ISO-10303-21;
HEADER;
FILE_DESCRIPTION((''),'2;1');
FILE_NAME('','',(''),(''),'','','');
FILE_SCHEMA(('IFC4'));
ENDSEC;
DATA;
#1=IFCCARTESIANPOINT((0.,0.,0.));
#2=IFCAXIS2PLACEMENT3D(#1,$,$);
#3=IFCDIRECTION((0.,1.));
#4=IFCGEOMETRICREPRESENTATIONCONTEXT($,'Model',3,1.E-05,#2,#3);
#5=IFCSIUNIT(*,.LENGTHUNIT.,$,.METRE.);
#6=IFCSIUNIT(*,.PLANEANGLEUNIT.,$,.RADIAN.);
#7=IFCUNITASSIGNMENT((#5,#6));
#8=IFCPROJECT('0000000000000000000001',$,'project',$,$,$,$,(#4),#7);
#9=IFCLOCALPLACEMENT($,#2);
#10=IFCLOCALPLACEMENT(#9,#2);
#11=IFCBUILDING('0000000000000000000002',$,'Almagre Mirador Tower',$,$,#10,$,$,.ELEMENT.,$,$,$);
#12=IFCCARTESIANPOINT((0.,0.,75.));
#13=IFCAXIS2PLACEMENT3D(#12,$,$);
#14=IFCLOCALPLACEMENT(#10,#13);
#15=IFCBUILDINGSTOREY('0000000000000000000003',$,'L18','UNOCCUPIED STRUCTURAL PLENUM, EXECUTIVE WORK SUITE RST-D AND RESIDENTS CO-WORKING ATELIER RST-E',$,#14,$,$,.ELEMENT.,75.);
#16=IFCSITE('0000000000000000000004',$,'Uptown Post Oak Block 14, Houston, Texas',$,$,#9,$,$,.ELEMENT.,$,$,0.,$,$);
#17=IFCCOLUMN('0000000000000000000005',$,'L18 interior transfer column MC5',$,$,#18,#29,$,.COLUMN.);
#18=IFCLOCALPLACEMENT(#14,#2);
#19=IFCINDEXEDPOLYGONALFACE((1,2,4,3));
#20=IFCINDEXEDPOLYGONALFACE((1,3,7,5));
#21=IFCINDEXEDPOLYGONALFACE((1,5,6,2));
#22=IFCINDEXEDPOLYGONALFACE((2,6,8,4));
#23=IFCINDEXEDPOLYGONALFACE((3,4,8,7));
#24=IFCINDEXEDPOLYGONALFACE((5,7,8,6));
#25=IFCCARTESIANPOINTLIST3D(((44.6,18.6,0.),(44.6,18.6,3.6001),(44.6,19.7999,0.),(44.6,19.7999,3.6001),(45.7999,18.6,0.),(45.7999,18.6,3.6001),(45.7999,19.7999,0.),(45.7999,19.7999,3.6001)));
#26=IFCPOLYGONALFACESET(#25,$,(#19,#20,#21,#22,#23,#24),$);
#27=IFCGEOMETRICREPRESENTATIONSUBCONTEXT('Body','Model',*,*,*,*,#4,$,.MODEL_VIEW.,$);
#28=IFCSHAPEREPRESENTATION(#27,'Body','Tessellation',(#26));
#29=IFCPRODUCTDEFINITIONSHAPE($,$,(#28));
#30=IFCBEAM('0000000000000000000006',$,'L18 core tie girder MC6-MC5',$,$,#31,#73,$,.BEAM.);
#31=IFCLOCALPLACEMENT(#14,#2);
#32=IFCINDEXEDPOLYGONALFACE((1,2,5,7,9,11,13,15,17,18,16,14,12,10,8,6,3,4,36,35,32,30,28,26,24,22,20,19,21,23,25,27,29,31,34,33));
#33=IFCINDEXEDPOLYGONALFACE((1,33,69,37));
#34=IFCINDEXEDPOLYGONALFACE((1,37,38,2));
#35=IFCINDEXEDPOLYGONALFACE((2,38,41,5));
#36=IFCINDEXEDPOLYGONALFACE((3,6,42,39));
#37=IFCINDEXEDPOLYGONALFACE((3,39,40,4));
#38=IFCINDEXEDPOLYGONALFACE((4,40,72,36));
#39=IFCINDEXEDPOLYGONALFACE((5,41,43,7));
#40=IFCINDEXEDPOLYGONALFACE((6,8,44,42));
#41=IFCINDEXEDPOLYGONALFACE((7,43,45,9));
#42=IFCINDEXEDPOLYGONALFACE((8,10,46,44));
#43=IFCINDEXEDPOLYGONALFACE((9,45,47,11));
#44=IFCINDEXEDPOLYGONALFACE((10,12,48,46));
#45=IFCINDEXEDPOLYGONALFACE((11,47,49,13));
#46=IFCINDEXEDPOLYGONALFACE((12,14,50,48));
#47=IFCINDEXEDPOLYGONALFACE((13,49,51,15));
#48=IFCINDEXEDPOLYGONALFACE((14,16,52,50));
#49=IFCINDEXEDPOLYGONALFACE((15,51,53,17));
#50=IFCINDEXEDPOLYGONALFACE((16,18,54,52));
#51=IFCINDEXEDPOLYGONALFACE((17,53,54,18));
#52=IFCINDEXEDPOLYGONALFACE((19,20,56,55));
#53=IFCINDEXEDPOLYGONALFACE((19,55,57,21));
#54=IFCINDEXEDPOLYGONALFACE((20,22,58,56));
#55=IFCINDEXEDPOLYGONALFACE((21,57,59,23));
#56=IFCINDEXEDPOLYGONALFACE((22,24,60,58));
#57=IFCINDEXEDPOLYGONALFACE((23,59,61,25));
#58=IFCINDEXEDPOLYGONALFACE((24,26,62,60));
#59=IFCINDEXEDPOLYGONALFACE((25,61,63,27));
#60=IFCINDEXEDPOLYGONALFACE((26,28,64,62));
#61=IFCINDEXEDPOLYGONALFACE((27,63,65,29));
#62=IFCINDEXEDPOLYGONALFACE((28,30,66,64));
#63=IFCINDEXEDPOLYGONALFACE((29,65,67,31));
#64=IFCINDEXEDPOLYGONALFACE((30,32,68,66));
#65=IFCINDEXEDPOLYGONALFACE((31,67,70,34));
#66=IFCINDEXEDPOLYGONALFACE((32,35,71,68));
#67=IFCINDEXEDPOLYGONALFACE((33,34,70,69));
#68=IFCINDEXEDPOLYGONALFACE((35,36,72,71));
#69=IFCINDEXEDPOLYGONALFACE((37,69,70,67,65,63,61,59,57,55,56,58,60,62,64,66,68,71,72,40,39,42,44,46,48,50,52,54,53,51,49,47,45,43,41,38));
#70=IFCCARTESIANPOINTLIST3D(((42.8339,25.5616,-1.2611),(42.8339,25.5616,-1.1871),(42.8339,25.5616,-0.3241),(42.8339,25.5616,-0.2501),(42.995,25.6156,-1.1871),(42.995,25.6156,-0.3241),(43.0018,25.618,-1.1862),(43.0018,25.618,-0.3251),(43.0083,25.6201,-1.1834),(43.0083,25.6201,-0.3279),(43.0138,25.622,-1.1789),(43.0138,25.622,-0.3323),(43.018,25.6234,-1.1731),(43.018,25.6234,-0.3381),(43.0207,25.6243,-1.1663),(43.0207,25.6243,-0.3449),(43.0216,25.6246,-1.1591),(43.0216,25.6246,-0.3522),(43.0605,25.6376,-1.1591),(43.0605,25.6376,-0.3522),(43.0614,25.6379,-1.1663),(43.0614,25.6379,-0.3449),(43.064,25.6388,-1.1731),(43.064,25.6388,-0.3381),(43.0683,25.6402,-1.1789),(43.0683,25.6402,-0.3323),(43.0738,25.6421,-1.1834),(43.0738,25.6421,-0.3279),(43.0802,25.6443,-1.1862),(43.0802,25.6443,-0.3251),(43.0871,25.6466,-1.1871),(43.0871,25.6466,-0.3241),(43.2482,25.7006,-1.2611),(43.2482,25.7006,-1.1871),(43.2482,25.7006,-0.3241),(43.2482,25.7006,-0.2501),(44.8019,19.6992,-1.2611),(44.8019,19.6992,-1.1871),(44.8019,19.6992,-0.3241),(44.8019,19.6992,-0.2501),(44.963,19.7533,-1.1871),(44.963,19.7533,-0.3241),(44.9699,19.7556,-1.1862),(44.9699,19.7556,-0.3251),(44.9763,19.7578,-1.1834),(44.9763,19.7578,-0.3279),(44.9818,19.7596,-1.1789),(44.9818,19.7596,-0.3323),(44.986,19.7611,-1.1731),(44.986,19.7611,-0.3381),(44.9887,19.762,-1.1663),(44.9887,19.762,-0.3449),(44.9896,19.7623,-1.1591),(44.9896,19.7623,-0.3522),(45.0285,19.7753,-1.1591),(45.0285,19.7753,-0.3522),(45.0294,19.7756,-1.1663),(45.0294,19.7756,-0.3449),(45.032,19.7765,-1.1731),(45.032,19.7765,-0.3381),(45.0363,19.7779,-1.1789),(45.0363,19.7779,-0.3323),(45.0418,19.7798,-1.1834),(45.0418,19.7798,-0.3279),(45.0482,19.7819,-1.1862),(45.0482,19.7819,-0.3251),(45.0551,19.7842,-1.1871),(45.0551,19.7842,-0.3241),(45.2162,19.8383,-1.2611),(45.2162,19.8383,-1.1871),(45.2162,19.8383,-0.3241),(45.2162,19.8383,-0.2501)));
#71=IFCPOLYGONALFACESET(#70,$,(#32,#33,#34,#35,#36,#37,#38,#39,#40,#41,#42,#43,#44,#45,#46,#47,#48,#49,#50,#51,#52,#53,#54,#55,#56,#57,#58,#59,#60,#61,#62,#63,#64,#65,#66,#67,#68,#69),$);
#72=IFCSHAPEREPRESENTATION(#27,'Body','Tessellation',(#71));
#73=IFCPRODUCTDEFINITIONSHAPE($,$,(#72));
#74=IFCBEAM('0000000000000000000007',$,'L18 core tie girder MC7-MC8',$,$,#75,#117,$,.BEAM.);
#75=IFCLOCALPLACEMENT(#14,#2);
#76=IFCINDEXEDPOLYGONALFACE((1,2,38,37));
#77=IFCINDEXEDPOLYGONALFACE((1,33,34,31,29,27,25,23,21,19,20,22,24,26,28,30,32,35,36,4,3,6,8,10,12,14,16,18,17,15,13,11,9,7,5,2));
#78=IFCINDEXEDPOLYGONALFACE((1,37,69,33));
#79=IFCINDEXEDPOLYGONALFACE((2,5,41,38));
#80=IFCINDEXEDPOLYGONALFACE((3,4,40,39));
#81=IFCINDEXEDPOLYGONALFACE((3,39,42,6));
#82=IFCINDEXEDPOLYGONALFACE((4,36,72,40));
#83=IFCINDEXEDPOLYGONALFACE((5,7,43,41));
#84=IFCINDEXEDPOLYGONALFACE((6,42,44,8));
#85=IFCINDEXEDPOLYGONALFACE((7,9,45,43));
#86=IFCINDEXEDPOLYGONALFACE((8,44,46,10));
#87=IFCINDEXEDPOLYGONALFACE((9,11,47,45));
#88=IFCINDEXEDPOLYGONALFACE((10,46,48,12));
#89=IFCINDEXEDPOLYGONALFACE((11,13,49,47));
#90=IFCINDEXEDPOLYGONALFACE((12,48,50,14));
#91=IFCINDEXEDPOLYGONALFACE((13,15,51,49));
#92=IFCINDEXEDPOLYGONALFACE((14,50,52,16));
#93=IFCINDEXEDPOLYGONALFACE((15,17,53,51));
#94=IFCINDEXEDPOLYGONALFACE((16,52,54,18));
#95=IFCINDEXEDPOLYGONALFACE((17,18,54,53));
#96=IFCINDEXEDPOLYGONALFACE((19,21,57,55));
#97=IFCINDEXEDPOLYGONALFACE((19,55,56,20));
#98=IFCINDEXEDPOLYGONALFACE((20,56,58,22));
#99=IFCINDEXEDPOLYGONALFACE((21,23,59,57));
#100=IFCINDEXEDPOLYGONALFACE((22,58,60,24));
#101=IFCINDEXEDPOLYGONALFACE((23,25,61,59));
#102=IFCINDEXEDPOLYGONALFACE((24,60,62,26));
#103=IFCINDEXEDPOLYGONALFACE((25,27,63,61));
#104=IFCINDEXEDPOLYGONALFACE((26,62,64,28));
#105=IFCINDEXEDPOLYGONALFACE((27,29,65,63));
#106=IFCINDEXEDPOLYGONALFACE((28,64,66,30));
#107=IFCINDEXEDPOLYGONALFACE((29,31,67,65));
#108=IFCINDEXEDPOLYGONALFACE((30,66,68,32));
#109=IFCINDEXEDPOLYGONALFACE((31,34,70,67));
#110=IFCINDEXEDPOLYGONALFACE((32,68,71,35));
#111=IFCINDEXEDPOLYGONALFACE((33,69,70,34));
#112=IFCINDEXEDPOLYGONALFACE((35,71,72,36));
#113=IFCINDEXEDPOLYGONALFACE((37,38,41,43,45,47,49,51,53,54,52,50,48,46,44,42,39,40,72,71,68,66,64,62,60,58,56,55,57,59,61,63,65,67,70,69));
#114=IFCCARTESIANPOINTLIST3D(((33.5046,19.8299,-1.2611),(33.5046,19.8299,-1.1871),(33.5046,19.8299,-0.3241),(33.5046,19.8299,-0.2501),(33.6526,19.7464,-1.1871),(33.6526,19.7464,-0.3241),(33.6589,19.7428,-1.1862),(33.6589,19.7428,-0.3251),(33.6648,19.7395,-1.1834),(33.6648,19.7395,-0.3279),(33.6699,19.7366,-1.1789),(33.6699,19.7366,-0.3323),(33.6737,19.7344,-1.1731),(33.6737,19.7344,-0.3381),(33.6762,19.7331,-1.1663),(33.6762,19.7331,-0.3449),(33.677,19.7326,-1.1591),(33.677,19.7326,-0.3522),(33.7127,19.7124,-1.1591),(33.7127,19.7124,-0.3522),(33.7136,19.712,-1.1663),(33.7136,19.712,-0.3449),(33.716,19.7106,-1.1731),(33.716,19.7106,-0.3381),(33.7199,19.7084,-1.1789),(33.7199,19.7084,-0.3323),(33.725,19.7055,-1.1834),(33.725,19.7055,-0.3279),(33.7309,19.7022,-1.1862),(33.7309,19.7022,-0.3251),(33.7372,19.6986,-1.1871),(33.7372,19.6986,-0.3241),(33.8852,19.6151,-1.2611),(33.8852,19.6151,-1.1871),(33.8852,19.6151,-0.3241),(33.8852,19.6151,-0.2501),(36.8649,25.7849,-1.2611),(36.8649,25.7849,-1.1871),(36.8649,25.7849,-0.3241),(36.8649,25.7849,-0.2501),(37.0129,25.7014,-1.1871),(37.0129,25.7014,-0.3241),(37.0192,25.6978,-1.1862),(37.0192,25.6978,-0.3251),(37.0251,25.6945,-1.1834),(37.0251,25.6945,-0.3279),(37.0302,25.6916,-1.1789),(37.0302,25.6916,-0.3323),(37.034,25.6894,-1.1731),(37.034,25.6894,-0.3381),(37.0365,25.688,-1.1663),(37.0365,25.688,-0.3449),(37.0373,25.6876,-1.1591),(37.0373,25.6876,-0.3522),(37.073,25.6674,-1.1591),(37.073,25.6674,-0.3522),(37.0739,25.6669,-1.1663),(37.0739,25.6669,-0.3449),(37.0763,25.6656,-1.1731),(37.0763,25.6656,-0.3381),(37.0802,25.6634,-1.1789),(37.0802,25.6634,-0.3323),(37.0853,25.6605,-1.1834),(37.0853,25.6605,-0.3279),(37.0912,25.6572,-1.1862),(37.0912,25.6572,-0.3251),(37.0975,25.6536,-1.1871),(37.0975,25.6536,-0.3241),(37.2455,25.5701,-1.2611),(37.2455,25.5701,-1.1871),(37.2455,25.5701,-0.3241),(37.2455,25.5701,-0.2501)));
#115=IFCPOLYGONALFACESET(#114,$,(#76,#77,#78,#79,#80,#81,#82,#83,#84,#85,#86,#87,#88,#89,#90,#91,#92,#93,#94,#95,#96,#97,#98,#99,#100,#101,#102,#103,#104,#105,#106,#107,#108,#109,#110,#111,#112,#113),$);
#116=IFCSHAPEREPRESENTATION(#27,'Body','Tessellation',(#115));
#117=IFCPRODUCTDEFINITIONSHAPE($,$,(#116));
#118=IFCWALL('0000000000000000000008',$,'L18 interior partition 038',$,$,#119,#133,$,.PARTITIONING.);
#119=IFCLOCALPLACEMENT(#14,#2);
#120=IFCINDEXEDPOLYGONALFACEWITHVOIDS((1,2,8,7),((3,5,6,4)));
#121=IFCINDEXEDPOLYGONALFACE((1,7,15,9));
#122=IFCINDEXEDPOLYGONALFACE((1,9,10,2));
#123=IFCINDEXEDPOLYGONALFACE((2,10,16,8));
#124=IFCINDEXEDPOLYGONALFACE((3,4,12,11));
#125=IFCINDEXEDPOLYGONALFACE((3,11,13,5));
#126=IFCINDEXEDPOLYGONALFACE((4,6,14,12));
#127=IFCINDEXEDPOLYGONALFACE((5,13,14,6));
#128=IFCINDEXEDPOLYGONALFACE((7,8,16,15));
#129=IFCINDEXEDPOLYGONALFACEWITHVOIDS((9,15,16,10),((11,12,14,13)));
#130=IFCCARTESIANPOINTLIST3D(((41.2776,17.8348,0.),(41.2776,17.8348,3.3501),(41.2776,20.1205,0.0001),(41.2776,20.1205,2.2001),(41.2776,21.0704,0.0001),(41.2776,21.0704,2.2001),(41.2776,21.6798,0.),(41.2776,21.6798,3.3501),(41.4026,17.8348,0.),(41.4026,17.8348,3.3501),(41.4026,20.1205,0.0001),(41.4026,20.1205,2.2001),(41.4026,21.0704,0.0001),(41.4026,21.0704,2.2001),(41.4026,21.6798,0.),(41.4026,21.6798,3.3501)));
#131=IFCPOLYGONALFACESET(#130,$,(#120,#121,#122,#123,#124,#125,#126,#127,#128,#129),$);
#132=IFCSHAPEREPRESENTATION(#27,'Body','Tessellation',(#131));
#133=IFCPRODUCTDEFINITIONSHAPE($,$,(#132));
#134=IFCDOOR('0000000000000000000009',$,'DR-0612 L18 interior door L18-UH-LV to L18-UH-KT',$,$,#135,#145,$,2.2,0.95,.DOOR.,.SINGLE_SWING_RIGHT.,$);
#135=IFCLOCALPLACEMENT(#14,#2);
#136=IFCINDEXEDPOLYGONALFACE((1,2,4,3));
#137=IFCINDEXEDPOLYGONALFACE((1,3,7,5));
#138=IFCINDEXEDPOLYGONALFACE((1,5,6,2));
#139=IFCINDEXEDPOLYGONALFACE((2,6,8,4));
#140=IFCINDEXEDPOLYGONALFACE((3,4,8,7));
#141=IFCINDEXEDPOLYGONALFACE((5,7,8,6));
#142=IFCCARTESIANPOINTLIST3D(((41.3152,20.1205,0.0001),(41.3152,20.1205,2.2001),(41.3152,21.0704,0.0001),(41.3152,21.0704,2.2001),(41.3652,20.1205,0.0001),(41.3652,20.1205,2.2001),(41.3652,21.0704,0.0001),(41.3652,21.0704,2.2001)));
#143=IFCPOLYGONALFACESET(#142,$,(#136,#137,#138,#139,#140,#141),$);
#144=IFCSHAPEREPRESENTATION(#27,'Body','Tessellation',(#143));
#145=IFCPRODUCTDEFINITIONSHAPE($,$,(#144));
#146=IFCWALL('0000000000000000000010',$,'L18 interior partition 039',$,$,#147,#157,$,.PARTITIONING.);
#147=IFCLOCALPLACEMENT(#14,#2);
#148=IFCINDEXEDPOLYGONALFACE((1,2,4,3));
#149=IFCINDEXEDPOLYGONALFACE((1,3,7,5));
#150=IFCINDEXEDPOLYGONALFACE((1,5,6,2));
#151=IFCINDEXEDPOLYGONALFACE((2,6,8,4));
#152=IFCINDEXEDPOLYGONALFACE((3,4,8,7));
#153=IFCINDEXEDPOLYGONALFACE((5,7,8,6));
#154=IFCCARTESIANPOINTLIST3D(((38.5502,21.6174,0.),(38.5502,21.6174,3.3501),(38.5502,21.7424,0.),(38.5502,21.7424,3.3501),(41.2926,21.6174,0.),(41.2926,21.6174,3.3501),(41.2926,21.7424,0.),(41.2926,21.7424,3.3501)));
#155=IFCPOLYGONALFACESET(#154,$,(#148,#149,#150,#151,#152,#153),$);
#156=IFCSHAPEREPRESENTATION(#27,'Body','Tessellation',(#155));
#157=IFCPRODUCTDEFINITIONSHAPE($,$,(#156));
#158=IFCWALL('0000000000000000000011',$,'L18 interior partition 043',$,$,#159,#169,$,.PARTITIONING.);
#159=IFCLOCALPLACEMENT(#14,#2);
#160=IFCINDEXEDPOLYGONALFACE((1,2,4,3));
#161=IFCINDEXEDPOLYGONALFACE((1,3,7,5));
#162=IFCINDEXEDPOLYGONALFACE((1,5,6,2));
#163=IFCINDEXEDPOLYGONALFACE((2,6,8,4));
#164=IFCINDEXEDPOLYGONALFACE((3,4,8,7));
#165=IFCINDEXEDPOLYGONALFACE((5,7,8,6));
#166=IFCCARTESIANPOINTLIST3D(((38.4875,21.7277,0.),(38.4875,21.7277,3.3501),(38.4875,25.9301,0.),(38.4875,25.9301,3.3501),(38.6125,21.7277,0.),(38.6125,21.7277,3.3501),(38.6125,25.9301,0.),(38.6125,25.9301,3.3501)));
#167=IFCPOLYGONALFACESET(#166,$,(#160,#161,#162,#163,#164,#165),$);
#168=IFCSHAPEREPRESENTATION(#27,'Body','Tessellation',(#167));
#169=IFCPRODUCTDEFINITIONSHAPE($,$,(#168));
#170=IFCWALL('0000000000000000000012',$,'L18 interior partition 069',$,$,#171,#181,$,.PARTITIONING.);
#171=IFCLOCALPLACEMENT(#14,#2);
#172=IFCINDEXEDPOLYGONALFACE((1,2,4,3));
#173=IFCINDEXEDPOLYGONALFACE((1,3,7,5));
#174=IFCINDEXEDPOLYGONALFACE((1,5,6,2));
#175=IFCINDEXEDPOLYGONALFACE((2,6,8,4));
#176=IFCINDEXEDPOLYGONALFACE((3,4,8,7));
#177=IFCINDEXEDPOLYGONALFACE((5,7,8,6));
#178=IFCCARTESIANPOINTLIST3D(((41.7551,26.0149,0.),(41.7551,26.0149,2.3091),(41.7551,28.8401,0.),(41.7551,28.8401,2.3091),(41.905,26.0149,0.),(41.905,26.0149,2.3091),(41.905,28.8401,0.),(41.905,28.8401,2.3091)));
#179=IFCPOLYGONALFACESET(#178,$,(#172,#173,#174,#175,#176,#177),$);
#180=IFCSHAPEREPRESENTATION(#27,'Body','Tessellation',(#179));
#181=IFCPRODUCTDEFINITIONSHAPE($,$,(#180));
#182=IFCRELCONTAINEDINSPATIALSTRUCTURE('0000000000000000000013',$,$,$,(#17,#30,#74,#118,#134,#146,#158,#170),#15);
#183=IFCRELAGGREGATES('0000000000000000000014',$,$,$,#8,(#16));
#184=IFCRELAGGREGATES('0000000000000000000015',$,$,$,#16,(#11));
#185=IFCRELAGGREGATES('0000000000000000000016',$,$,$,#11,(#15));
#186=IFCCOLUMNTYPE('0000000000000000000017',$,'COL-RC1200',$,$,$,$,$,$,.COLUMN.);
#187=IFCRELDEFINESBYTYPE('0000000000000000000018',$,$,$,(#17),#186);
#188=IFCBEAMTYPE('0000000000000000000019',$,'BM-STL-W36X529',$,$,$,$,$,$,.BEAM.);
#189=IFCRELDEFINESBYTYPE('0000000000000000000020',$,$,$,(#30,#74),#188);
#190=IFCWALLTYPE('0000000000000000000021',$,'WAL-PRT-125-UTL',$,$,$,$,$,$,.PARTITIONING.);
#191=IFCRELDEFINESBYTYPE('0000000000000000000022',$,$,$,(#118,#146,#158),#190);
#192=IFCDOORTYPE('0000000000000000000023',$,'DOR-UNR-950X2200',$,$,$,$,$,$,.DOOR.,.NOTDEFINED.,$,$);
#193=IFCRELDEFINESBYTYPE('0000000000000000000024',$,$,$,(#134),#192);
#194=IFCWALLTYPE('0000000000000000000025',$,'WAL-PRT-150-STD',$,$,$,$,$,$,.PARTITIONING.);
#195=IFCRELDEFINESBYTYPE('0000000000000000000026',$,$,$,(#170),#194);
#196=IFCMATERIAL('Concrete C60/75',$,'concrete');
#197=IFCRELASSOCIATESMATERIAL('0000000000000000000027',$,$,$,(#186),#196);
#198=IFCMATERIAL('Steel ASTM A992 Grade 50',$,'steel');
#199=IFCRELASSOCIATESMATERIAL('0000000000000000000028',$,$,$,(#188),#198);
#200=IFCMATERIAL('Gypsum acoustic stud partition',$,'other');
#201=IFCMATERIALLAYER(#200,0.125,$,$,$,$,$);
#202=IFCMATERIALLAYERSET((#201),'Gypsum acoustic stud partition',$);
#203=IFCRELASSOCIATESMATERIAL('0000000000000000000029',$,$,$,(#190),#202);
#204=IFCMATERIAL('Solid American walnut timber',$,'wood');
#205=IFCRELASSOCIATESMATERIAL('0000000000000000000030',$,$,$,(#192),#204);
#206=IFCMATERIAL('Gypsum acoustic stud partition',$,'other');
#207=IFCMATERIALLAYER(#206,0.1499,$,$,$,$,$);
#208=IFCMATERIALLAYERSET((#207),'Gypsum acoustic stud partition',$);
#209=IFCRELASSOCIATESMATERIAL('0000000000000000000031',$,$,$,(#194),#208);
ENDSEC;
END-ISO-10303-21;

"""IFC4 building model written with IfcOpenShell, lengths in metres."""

from ifc_helpers import new_model, si_unit, direction, frame, frame_2d, origin, origin_2d, place, context, subcontext, project, spatial, rectangle, i_section, extrude, material, layer, layer_set, material_profile, profile_set, type_object, element, fill, save


model = new_model("IFC4")

# Units and contexts
model_context = context("Model", 3, precision=1e-05, world=origin(), true_north=direction((0.0, 1.0)))
body_context = subcontext(model_context, "Body", "Model", "MODEL_VIEW")
ifc_project = project(units=[si_unit("LENGTHUNIT", "METRE"), si_unit("PLANEANGLEUNIT", "RADIAN")], contexts=[model_context])

# Site, building, storey
site_placement = place(None, origin())
site = spatial("IfcSite", under=ifc_project, at=site_placement, Name="Uptown Post Oak Block 14, Houston, Texas", CompositionType="ELEMENT", RefElevation=0.0)
building_placement = place(site_placement, origin())
building = spatial("IfcBuilding", under=site, at=building_placement, Name="Almagre Mirador Tower", CompositionType="ELEMENT")
storey_placement = place(building_placement, frame((0.0, 0.0, 75.0)))
storey = spatial("IfcBuildingStorey", under=building, at=storey_placement, Name="L18", Description="UNOCCUPIED STRUCTURAL PLENUM, EXECUTIVE WORK SUITE RST-D AND RESIDENTS CO-WORKING ATELIER RST-E", CompositionType="ELEMENT", Elevation=75.0)

# Column
ifc_material_1 = material(Name="Concrete C60/75", Category="concrete")
ifc_material_profile_1 = material_profile(ifc_material_1, rectangle(XDim=1.2, YDim=1.2, at=origin_2d()), Name="RC1200X1200")
ifc_profile_set_1 = profile_set([ifc_material_profile_1], Name="Concrete C60/75")
column_type = type_object("IfcColumnType", Name="COL-RC1200", PredefinedType="COLUMN", material=ifc_profile_set_1)
column_placement = place(storey_placement, frame((45.2, 19.2, 0.0), z_axis=(0.0, 0.0, 1.0), x_axis=(1.0, 0.0, 0.0)))
element("IfcColumn", 1, at=column_placement, inside=storey, type_object=column_type, Name="L18 interior transfer column MC5", PredefinedType="COLUMN", context=body_context, shape_type="SweptSolid", body=[
    extrude(rectangle(XDim=1.2, YDim=1.2, at=origin_2d()), origin(), (0.0, 0.0, 1.0), 3.6001),
])

# Beams
ifc_material_2 = material(Name="Steel ASTM A992 Grade 50", Category="steel")
ifc_material_profile_2 = material_profile(ifc_material_2, i_section(OverallWidth=0.437, OverallDepth=1.011, WebThickness=0.041, FlangeThickness=0.074, FilletRadius=0.0281, at=origin_2d()), Name="W36X529")
ifc_profile_set_2 = profile_set([ifc_material_profile_2], Name="Steel ASTM A992 Grade 50")
beam_type = type_object("IfcBeamType", Name="BM-STL-W36X529", PredefinedType="BEAM", material=ifc_profile_set_2)
beam_1_placement = place(storey_placement, frame((43.041, 25.6311, -0.7556), z_axis=(0.318252, -0.948006, 0.0), x_axis=(0.948006, 0.318252, 0.0)))
element("IfcBeam", 2, at=beam_1_placement, inside=storey, type_object=beam_type, Name="L18 core tie girder MC6-MC5", PredefinedType="BEAM", context=body_context, shape_type="SweptSolid", body=[
    extrude(i_section(OverallWidth=0.437, OverallDepth=1.011, WebThickness=0.041, FlangeThickness=0.074, FilletRadius=0.0281, at=origin_2d()), origin(), (0.0, 0.0, 1.0), 6.1838),
])
beam_2_placement = place(storey_placement, frame((37.0552, 25.6775, -0.7556), z_axis=(-0.491441, -0.870911, 0.0), x_axis=(0.870911, -0.491441, 0.0)))
element("IfcBeam", 3, at=beam_2_placement, inside=storey, type_object=beam_type, Name="L18 core tie girder MC7-MC8", PredefinedType="BEAM", context=body_context, shape_type="SweptSolid", body=[
    extrude(i_section(OverallWidth=0.437, OverallDepth=1.011, WebThickness=0.041, FlangeThickness=0.074, FilletRadius=0.0281, at=origin_2d()), origin(), (0.0, 0.0, 1.0), 6.8376),
])

# Wall, opening, door
ifc_material_3 = material(Name="Gypsum acoustic stud partition", Category="other")
ifc_layer_1 = layer(ifc_material_3, 0.125)
ifc_layer_set_1 = layer_set([ifc_layer_1], Name="Gypsum acoustic stud partition")
wall_type_1 = type_object("IfcWallType", Name="WAL-PRT-125-UTL", PredefinedType="PARTITIONING", material=ifc_layer_set_1)
wall_1_placement = place(storey_placement, frame((41.3401, 17.835, 0.0), z_axis=(0.0, 0.0, 1.0), x_axis=(0.0, 1.0, 0.0)))
wall_1 = element("IfcWall", 4, at=wall_1_placement, inside=storey, type_object=wall_type_1, Name="L18 interior partition 038", PredefinedType="PARTITIONING", context=body_context, shape_type="SweptSolid", body=[
    extrude(rectangle(XDim=3.845, YDim=0.125, at=frame_2d((1.9224, 0.0))), origin(), (0.0, 0.0, 1.0), 3.3501),
])
opening_1_placement = place(wall_1_placement, frame((2.2854, 0.0, 0.0)))
opening_1 = element("IfcOpeningElement", 5, at=opening_1_placement, cuts=wall_1, PredefinedType="OPENING", context=body_context, shape_type="SweptSolid", body=[
    extrude(rectangle(XDim=0.95, YDim=2.2, at=frame_2d((0.4751, 1.1001))), frame((0.0, 0.0725, 0.0), z_axis=(0.0, -1.0, 0.0), x_axis=(1.0, 0.0, 0.0)), (0.0, 0.0, 1.0), 0.145),
])
ifc_material_4 = material(Name="Solid American walnut timber", Category="wood")
door_type_1 = type_object("IfcDoorType", Name="DOR-UNR-950X2200", OperationType="NOTDEFINED", PredefinedType="DOOR", material=ifc_material_4)
door_1_placement = place(opening_1_placement, origin())
door_1 = element("IfcDoor", 6, at=door_1_placement, inside=storey, type_object=door_type_1, Name="DR-0612 L18 interior door L18-UH-LV to L18-UH-KT", OperationType="SINGLE_SWING_RIGHT", OverallHeight=2.2, OverallWidth=0.95, PredefinedType="DOOR", context=body_context, shape_type="SweptSolid", body=[
    extrude(rectangle(XDim=0.95, YDim=2.2, at=frame_2d((0.4751, 1.1001))), frame((0.0, 0.0249, 0.0), z_axis=(0.0, -1.0, 0.0), x_axis=(1.0, 0.0, 0.0)), (0.0, 0.0, 1.0), 0.05),
])
fill(opening_1, door_1)

# Walls
wall_2_placement = place(storey_placement, frame((41.2925, 21.6799, 0.0), z_axis=(0.0, 0.0, 1.0), x_axis=(-1.0, 0.0, 0.0)))
element("IfcWall", 7, at=wall_2_placement, inside=storey, type_object=wall_type_1, Name="L18 interior partition 039", PredefinedType="PARTITIONING", context=body_context, shape_type="SweptSolid", body=[
    extrude(rectangle(XDim=2.7424, YDim=0.125, at=frame_2d((1.3711, 0.0))), origin(), (0.0, 0.0, 1.0), 3.3501),
])
wall_3_placement = place(storey_placement, frame((38.55, 25.9299, 0.0), z_axis=(0.0, 0.0, 1.0), x_axis=(0.0, -1.0, 0.0)))
element("IfcWall", 8, at=wall_3_placement, inside=storey, type_object=wall_type_1, Name="L18 interior partition 043", PredefinedType="PARTITIONING", context=body_context, shape_type="SweptSolid", body=[
    extrude(rectangle(XDim=4.2024, YDim=0.125, at=frame_2d((2.1011, 0.0))), origin(), (0.0, 0.0, 1.0), 3.3501),
])

# Shared definitions
ifc_material_5 = material(Name="Gypsum acoustic stud partition", Category="other")
ifc_layer_2 = layer(ifc_material_5, 0.1499)
ifc_layer_set_2 = layer_set([ifc_layer_2], Name="Gypsum acoustic stud partition")
wall_type_2 = type_object("IfcWallType", Name="WAL-PRT-150-STD", PredefinedType="PARTITIONING", material=ifc_layer_set_2)

# Wall
wall_4_placement = place(storey_placement, frame((41.8301, 26.0149, 0.0), z_axis=(0.0, 0.0, 1.0), x_axis=(0.0, 1.0, 0.0)))
element("IfcWall", 9, at=wall_4_placement, inside=storey, type_object=wall_type_2, Name="L18 interior partition 069", PredefinedType="PARTITIONING", context=body_context, shape_type="SweptSolid", body=[
    extrude(rectangle(XDim=2.8252, YDim=0.1499, at=frame_2d((1.4126, 0.0))), origin(), (0.0, 0.0, 1.0), 2.3091),
])

save(model, "model.ifc")
